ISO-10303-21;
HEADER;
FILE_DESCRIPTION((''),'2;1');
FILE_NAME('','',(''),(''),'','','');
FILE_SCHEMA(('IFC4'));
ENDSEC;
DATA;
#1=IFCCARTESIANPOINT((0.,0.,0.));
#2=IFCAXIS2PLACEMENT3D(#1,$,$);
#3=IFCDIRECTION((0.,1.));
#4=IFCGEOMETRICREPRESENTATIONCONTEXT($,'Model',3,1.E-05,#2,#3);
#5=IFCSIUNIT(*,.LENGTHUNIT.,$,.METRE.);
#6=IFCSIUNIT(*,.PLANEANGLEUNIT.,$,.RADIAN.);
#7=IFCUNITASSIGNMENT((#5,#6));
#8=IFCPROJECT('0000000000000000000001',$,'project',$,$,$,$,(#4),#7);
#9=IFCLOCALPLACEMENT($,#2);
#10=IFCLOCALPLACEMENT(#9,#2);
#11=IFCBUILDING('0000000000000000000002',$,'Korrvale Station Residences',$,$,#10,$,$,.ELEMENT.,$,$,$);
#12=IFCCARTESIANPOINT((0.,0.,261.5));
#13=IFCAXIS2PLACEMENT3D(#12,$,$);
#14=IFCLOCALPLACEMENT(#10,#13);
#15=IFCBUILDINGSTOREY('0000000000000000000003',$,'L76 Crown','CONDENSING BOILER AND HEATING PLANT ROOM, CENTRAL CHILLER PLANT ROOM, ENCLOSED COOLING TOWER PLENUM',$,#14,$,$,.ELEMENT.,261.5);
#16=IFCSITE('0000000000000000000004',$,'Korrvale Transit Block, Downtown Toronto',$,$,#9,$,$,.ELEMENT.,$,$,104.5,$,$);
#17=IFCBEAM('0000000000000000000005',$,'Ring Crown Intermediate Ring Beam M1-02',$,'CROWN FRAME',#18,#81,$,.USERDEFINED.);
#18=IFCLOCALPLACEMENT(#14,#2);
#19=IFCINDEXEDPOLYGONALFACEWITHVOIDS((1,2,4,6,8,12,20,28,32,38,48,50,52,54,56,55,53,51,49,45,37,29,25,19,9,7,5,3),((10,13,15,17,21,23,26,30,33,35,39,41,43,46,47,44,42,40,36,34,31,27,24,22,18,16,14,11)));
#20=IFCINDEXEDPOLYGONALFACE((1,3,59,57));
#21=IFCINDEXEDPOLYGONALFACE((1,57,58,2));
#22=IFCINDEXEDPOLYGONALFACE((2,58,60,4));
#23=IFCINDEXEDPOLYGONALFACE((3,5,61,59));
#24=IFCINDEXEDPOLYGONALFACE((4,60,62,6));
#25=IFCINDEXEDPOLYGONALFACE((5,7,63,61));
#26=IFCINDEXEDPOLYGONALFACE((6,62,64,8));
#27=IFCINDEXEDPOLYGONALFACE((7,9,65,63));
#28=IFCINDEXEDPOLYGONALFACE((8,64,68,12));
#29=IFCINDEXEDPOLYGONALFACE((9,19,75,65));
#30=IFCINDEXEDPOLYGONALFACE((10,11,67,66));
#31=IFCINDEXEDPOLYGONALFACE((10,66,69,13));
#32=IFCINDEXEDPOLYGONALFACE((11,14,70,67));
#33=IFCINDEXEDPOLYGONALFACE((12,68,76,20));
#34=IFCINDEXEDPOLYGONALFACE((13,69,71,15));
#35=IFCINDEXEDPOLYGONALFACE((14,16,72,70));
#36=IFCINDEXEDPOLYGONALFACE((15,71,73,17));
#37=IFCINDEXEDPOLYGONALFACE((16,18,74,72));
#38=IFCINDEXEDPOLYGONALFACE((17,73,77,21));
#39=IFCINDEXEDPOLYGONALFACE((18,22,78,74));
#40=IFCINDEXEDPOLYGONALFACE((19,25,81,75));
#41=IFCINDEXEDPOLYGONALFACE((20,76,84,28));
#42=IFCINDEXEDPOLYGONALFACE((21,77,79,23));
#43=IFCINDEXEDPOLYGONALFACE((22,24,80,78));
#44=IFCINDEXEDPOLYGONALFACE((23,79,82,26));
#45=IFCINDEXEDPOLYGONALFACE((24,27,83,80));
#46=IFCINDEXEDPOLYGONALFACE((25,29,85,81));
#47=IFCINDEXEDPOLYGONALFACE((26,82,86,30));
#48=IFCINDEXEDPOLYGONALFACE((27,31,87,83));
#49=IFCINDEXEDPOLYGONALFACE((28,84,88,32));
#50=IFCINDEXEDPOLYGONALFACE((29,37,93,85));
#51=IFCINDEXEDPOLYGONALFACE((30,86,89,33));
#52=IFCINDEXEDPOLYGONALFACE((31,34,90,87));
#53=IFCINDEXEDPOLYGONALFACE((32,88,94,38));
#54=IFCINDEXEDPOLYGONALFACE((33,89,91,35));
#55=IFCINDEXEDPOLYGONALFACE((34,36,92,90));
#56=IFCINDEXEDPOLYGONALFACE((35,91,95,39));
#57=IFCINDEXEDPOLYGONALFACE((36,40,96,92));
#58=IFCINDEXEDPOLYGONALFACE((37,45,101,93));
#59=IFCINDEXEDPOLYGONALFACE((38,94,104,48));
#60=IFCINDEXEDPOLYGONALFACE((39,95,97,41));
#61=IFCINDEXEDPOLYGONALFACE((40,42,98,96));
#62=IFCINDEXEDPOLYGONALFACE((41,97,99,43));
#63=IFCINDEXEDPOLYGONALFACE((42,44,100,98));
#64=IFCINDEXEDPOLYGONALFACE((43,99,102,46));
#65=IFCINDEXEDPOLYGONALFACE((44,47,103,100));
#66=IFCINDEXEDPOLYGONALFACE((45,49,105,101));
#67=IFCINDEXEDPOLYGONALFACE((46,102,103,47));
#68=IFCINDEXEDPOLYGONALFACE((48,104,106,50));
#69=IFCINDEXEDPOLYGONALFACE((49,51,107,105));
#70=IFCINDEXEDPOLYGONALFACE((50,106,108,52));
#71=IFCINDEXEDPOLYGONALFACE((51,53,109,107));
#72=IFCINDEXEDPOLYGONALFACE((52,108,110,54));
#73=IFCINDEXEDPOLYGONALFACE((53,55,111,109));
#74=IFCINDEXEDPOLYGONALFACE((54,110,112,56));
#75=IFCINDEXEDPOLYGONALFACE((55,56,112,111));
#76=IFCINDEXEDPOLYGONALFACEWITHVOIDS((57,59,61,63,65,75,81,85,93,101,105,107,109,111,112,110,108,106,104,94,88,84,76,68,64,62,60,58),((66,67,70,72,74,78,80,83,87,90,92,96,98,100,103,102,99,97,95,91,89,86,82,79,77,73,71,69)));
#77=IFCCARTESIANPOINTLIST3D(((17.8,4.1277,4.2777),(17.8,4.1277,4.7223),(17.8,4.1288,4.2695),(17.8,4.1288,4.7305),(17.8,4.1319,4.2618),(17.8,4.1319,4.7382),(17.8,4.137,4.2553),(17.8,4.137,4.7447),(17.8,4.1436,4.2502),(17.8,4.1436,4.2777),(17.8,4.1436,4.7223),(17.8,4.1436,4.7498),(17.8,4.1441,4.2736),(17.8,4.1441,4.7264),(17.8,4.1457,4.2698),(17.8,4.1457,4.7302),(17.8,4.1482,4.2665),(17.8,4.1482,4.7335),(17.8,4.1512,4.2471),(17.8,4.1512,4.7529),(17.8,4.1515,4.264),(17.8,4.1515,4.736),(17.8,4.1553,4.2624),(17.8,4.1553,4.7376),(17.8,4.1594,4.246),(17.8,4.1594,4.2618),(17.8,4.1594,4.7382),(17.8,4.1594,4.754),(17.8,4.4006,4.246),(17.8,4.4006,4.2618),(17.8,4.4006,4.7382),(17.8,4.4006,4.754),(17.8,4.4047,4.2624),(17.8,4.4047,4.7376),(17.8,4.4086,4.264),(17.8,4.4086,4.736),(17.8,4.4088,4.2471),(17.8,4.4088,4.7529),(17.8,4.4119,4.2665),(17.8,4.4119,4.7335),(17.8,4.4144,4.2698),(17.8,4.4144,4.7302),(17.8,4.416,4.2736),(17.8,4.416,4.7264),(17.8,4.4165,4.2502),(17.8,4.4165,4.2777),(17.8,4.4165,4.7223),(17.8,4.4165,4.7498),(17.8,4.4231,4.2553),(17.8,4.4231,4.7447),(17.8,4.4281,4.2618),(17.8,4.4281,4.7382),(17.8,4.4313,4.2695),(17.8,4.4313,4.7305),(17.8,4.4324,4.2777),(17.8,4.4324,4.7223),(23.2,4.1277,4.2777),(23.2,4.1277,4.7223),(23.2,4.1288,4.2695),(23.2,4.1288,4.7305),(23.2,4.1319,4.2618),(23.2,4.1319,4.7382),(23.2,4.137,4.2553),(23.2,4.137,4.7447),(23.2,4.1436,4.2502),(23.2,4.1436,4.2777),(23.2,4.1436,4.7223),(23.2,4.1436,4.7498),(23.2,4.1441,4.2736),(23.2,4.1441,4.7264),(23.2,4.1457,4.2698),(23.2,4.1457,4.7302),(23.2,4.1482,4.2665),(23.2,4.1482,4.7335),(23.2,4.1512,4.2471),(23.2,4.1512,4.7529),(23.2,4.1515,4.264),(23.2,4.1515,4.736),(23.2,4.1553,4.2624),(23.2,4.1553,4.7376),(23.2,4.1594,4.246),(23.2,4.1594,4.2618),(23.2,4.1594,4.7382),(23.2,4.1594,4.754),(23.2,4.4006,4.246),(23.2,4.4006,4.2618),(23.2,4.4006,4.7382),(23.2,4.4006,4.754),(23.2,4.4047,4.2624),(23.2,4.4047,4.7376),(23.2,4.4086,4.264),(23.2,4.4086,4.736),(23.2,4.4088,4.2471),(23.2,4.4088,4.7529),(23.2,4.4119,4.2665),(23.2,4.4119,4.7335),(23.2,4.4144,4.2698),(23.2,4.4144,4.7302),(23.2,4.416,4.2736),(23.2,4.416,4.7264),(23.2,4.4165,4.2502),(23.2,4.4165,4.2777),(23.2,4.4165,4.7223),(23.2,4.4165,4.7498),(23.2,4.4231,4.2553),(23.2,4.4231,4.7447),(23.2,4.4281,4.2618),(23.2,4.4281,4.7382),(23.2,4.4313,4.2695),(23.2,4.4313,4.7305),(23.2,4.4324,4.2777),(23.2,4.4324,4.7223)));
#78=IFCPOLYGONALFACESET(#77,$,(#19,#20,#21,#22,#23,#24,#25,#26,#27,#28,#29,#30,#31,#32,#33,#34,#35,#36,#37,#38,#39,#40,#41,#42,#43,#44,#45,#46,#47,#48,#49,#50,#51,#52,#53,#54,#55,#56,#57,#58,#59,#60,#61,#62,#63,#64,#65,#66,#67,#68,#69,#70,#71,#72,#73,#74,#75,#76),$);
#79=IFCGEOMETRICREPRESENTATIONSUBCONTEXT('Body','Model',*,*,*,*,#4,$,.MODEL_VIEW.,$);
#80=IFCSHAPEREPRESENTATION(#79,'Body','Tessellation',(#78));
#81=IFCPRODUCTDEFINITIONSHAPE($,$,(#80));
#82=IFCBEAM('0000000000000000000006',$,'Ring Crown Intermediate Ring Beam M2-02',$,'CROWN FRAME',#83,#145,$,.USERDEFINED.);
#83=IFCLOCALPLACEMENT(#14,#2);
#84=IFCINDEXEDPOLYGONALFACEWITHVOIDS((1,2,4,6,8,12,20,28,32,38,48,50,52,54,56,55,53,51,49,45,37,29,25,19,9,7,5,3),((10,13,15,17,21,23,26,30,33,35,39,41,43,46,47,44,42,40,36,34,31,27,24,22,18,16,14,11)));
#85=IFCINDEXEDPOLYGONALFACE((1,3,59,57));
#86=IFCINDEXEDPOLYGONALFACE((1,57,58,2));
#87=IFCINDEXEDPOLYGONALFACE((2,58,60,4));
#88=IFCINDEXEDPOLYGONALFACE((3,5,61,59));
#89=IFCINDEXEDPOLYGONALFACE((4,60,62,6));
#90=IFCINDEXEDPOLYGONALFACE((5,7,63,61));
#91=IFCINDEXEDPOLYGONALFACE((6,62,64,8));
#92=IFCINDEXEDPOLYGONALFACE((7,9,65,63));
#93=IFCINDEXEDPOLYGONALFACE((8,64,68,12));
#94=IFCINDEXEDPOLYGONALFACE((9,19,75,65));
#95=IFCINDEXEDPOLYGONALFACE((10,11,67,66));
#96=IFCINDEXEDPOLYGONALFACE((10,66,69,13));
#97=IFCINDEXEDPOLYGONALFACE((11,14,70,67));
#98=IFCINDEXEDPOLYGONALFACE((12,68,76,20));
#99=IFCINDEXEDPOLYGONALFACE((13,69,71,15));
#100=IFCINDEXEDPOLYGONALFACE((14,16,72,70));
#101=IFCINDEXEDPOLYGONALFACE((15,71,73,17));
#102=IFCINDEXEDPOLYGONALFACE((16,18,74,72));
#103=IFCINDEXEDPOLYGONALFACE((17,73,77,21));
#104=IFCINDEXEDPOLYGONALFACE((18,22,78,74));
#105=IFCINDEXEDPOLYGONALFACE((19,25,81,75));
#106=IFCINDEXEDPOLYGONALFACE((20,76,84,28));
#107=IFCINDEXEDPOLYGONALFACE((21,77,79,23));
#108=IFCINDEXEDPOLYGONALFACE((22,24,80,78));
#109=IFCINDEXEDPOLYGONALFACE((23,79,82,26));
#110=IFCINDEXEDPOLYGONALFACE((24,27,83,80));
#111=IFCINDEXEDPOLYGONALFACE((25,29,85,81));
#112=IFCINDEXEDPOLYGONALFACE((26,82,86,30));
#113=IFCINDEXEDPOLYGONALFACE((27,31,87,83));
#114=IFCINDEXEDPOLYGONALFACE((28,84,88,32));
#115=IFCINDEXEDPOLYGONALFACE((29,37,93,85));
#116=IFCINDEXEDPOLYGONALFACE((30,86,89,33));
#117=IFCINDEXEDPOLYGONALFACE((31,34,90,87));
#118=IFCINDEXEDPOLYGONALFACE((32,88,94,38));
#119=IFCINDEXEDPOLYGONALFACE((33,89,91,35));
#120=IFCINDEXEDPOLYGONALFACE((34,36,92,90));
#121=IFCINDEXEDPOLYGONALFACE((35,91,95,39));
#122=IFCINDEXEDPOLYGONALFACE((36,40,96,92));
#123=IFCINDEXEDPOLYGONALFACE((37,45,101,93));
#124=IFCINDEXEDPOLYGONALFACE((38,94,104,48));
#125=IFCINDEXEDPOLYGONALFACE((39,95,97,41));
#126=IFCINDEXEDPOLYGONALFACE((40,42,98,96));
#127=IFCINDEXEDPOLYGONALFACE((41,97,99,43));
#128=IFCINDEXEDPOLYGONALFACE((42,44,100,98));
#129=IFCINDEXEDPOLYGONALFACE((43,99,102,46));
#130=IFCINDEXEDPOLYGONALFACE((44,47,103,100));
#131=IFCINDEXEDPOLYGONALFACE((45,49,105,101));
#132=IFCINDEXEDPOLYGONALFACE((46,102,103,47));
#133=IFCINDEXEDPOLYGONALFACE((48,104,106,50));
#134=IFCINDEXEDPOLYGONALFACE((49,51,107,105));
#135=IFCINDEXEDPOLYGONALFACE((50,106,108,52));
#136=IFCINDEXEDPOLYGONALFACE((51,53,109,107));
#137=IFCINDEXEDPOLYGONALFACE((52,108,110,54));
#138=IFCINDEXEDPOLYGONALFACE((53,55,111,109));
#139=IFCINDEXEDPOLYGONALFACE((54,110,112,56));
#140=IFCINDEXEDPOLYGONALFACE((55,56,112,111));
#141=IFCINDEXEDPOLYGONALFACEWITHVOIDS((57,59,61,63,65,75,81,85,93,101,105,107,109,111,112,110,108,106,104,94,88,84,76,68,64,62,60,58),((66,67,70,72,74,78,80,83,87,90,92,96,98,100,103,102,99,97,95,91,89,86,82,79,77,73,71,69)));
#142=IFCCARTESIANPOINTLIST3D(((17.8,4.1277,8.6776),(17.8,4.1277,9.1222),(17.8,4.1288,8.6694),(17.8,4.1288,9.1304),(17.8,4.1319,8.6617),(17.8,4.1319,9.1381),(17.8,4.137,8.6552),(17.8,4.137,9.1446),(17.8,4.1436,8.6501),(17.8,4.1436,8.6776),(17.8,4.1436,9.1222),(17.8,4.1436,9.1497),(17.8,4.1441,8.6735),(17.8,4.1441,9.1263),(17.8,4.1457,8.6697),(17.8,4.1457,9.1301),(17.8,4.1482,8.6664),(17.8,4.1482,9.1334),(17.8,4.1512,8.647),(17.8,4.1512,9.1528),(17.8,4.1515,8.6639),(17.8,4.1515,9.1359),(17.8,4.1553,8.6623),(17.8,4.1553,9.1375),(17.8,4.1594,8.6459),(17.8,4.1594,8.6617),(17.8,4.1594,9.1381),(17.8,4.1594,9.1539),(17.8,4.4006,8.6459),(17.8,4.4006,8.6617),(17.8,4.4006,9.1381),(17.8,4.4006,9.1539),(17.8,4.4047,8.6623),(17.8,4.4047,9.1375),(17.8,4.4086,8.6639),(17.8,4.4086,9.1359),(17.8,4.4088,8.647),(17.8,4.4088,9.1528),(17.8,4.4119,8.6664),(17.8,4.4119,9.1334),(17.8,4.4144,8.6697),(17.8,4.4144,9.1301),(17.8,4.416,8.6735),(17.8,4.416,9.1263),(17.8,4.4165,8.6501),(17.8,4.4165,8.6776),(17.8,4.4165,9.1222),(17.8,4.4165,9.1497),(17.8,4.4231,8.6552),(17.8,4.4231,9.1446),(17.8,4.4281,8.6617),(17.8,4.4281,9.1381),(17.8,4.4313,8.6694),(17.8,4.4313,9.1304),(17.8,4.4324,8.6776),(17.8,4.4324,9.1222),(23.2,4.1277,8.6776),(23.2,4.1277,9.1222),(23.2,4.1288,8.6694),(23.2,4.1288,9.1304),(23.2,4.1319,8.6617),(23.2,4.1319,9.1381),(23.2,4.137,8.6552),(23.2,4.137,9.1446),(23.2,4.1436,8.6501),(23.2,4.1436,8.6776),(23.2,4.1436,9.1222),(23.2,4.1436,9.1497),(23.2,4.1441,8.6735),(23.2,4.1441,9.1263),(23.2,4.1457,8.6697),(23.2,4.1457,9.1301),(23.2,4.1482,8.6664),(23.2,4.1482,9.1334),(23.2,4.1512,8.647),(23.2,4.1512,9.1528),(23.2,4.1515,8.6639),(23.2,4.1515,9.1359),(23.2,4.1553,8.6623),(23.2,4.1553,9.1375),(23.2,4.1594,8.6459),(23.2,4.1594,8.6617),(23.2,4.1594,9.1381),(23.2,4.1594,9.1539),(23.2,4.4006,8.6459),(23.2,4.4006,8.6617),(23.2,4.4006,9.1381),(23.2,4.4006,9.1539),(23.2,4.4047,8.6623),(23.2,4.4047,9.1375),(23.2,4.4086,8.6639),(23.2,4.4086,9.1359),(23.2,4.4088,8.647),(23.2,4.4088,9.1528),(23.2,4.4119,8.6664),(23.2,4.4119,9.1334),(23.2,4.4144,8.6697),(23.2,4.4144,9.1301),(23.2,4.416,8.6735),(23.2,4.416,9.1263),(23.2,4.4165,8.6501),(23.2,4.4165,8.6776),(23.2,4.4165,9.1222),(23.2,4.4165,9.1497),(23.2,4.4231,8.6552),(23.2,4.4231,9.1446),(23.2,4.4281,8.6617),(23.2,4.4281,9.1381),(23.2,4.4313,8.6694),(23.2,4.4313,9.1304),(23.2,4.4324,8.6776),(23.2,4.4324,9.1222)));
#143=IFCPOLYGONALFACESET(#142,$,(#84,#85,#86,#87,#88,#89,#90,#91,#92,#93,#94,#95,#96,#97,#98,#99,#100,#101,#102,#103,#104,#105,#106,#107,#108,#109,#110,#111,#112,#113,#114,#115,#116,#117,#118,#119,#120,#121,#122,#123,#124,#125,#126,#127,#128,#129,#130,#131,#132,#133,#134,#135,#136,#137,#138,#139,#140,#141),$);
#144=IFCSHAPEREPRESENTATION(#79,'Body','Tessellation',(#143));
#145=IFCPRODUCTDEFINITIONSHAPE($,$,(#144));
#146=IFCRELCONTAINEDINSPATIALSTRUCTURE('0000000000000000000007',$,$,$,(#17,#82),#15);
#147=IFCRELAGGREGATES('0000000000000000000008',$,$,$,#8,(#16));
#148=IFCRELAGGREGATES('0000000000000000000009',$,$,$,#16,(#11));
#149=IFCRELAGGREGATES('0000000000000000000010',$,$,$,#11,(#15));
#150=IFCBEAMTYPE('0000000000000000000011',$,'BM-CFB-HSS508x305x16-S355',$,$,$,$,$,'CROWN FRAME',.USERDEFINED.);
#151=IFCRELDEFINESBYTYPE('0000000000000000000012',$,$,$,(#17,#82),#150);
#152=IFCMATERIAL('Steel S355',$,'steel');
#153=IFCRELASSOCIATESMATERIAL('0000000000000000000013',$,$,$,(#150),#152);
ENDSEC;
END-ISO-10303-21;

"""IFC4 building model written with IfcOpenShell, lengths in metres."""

from ifc_helpers import new_model, si_unit, direction, frame, origin, origin_2d, place, context, subcontext, project, spatial, hollow_rectangle, extrude, material, material_profile, profile_set, type_object, element, save


model = new_model("IFC4")

# Units and contexts
model_context = context("Model", 3, precision=1e-05, world=origin(), true_north=direction((0.0, 1.0)))
body_context = subcontext(model_context, "Body", "Model", "MODEL_VIEW")
ifc_project = project(units=[si_unit("LENGTHUNIT", "METRE"), si_unit("PLANEANGLEUNIT", "RADIAN")], contexts=[model_context])

# Site, building, storey
site_placement = place(None, origin())
site = spatial("IfcSite", under=ifc_project, at=site_placement, Name="Korrvale Transit Block, Downtown Toronto", CompositionType="ELEMENT", RefElevation=104.5)
building_placement = place(site_placement, origin())
building = spatial("IfcBuilding", under=site, at=building_placement, Name="Korrvale Station Residences", CompositionType="ELEMENT")
storey_placement = place(building_placement, frame((0.0, 0.0, 261.5)))
storey = spatial("IfcBuildingStorey", under=building, at=storey_placement, Name="L76 Crown", Description="CONDENSING BOILER AND HEATING PLANT ROOM, CENTRAL CHILLER PLANT ROOM, ENCLOSED COOLING TOWER PLENUM", CompositionType="ELEMENT", Elevation=261.5)

# Shared definitions
ifc_material_1 = material(Name="Steel S355", Category="steel")

# Beams
ifc_material_profile_1 = material_profile(ifc_material_1, hollow_rectangle(XDim=0.3047, YDim=0.5081, WallThickness=0.0159, InnerFilletRadius=0.0159, OuterFilletRadius=0.0317, at=origin_2d()), Name="HSS508x305x16")
ifc_profile_set_1 = profile_set([ifc_material_profile_1], Name="Steel S355")
beam_type_1 = type_object("IfcBeamType", Name="BM-CFB-HSS508x305x16-S355", ElementType="CROWN FRAME", PredefinedType="USERDEFINED", material=ifc_profile_set_1)
for number, where, z_axis, x_axis, name in (
    (1, (17.8, 4.28, 4.5), (1.0, 0.0, 0.0), (0.0, 1.0, 0.0), "Ring Crown Intermediate Ring Beam M1-02"),
    (2, (17.8, 4.28, 8.8999), (1.0, 0.0, 0.0), (0.0, 1.0, 0.0), "Ring Crown Intermediate Ring Beam M2-02"),
):
    element("IfcBeam", number, at=place(storey_placement, frame(where, z_axis=z_axis, x_axis=x_axis)), inside=storey, type_object=beam_type_1, Name=name, ObjectType="CROWN FRAME", PredefinedType="USERDEFINED", context=body_context, shape_type="SweptSolid", body=[
        extrude(hollow_rectangle(XDim=0.3047, YDim=0.5081, WallThickness=0.0159, InnerFilletRadius=0.0159, OuterFilletRadius=0.0317, at=origin_2d()), origin(), (0.0, 0.0, 1.0), 5.3999),
    ])

save(model, "model.ifc")
